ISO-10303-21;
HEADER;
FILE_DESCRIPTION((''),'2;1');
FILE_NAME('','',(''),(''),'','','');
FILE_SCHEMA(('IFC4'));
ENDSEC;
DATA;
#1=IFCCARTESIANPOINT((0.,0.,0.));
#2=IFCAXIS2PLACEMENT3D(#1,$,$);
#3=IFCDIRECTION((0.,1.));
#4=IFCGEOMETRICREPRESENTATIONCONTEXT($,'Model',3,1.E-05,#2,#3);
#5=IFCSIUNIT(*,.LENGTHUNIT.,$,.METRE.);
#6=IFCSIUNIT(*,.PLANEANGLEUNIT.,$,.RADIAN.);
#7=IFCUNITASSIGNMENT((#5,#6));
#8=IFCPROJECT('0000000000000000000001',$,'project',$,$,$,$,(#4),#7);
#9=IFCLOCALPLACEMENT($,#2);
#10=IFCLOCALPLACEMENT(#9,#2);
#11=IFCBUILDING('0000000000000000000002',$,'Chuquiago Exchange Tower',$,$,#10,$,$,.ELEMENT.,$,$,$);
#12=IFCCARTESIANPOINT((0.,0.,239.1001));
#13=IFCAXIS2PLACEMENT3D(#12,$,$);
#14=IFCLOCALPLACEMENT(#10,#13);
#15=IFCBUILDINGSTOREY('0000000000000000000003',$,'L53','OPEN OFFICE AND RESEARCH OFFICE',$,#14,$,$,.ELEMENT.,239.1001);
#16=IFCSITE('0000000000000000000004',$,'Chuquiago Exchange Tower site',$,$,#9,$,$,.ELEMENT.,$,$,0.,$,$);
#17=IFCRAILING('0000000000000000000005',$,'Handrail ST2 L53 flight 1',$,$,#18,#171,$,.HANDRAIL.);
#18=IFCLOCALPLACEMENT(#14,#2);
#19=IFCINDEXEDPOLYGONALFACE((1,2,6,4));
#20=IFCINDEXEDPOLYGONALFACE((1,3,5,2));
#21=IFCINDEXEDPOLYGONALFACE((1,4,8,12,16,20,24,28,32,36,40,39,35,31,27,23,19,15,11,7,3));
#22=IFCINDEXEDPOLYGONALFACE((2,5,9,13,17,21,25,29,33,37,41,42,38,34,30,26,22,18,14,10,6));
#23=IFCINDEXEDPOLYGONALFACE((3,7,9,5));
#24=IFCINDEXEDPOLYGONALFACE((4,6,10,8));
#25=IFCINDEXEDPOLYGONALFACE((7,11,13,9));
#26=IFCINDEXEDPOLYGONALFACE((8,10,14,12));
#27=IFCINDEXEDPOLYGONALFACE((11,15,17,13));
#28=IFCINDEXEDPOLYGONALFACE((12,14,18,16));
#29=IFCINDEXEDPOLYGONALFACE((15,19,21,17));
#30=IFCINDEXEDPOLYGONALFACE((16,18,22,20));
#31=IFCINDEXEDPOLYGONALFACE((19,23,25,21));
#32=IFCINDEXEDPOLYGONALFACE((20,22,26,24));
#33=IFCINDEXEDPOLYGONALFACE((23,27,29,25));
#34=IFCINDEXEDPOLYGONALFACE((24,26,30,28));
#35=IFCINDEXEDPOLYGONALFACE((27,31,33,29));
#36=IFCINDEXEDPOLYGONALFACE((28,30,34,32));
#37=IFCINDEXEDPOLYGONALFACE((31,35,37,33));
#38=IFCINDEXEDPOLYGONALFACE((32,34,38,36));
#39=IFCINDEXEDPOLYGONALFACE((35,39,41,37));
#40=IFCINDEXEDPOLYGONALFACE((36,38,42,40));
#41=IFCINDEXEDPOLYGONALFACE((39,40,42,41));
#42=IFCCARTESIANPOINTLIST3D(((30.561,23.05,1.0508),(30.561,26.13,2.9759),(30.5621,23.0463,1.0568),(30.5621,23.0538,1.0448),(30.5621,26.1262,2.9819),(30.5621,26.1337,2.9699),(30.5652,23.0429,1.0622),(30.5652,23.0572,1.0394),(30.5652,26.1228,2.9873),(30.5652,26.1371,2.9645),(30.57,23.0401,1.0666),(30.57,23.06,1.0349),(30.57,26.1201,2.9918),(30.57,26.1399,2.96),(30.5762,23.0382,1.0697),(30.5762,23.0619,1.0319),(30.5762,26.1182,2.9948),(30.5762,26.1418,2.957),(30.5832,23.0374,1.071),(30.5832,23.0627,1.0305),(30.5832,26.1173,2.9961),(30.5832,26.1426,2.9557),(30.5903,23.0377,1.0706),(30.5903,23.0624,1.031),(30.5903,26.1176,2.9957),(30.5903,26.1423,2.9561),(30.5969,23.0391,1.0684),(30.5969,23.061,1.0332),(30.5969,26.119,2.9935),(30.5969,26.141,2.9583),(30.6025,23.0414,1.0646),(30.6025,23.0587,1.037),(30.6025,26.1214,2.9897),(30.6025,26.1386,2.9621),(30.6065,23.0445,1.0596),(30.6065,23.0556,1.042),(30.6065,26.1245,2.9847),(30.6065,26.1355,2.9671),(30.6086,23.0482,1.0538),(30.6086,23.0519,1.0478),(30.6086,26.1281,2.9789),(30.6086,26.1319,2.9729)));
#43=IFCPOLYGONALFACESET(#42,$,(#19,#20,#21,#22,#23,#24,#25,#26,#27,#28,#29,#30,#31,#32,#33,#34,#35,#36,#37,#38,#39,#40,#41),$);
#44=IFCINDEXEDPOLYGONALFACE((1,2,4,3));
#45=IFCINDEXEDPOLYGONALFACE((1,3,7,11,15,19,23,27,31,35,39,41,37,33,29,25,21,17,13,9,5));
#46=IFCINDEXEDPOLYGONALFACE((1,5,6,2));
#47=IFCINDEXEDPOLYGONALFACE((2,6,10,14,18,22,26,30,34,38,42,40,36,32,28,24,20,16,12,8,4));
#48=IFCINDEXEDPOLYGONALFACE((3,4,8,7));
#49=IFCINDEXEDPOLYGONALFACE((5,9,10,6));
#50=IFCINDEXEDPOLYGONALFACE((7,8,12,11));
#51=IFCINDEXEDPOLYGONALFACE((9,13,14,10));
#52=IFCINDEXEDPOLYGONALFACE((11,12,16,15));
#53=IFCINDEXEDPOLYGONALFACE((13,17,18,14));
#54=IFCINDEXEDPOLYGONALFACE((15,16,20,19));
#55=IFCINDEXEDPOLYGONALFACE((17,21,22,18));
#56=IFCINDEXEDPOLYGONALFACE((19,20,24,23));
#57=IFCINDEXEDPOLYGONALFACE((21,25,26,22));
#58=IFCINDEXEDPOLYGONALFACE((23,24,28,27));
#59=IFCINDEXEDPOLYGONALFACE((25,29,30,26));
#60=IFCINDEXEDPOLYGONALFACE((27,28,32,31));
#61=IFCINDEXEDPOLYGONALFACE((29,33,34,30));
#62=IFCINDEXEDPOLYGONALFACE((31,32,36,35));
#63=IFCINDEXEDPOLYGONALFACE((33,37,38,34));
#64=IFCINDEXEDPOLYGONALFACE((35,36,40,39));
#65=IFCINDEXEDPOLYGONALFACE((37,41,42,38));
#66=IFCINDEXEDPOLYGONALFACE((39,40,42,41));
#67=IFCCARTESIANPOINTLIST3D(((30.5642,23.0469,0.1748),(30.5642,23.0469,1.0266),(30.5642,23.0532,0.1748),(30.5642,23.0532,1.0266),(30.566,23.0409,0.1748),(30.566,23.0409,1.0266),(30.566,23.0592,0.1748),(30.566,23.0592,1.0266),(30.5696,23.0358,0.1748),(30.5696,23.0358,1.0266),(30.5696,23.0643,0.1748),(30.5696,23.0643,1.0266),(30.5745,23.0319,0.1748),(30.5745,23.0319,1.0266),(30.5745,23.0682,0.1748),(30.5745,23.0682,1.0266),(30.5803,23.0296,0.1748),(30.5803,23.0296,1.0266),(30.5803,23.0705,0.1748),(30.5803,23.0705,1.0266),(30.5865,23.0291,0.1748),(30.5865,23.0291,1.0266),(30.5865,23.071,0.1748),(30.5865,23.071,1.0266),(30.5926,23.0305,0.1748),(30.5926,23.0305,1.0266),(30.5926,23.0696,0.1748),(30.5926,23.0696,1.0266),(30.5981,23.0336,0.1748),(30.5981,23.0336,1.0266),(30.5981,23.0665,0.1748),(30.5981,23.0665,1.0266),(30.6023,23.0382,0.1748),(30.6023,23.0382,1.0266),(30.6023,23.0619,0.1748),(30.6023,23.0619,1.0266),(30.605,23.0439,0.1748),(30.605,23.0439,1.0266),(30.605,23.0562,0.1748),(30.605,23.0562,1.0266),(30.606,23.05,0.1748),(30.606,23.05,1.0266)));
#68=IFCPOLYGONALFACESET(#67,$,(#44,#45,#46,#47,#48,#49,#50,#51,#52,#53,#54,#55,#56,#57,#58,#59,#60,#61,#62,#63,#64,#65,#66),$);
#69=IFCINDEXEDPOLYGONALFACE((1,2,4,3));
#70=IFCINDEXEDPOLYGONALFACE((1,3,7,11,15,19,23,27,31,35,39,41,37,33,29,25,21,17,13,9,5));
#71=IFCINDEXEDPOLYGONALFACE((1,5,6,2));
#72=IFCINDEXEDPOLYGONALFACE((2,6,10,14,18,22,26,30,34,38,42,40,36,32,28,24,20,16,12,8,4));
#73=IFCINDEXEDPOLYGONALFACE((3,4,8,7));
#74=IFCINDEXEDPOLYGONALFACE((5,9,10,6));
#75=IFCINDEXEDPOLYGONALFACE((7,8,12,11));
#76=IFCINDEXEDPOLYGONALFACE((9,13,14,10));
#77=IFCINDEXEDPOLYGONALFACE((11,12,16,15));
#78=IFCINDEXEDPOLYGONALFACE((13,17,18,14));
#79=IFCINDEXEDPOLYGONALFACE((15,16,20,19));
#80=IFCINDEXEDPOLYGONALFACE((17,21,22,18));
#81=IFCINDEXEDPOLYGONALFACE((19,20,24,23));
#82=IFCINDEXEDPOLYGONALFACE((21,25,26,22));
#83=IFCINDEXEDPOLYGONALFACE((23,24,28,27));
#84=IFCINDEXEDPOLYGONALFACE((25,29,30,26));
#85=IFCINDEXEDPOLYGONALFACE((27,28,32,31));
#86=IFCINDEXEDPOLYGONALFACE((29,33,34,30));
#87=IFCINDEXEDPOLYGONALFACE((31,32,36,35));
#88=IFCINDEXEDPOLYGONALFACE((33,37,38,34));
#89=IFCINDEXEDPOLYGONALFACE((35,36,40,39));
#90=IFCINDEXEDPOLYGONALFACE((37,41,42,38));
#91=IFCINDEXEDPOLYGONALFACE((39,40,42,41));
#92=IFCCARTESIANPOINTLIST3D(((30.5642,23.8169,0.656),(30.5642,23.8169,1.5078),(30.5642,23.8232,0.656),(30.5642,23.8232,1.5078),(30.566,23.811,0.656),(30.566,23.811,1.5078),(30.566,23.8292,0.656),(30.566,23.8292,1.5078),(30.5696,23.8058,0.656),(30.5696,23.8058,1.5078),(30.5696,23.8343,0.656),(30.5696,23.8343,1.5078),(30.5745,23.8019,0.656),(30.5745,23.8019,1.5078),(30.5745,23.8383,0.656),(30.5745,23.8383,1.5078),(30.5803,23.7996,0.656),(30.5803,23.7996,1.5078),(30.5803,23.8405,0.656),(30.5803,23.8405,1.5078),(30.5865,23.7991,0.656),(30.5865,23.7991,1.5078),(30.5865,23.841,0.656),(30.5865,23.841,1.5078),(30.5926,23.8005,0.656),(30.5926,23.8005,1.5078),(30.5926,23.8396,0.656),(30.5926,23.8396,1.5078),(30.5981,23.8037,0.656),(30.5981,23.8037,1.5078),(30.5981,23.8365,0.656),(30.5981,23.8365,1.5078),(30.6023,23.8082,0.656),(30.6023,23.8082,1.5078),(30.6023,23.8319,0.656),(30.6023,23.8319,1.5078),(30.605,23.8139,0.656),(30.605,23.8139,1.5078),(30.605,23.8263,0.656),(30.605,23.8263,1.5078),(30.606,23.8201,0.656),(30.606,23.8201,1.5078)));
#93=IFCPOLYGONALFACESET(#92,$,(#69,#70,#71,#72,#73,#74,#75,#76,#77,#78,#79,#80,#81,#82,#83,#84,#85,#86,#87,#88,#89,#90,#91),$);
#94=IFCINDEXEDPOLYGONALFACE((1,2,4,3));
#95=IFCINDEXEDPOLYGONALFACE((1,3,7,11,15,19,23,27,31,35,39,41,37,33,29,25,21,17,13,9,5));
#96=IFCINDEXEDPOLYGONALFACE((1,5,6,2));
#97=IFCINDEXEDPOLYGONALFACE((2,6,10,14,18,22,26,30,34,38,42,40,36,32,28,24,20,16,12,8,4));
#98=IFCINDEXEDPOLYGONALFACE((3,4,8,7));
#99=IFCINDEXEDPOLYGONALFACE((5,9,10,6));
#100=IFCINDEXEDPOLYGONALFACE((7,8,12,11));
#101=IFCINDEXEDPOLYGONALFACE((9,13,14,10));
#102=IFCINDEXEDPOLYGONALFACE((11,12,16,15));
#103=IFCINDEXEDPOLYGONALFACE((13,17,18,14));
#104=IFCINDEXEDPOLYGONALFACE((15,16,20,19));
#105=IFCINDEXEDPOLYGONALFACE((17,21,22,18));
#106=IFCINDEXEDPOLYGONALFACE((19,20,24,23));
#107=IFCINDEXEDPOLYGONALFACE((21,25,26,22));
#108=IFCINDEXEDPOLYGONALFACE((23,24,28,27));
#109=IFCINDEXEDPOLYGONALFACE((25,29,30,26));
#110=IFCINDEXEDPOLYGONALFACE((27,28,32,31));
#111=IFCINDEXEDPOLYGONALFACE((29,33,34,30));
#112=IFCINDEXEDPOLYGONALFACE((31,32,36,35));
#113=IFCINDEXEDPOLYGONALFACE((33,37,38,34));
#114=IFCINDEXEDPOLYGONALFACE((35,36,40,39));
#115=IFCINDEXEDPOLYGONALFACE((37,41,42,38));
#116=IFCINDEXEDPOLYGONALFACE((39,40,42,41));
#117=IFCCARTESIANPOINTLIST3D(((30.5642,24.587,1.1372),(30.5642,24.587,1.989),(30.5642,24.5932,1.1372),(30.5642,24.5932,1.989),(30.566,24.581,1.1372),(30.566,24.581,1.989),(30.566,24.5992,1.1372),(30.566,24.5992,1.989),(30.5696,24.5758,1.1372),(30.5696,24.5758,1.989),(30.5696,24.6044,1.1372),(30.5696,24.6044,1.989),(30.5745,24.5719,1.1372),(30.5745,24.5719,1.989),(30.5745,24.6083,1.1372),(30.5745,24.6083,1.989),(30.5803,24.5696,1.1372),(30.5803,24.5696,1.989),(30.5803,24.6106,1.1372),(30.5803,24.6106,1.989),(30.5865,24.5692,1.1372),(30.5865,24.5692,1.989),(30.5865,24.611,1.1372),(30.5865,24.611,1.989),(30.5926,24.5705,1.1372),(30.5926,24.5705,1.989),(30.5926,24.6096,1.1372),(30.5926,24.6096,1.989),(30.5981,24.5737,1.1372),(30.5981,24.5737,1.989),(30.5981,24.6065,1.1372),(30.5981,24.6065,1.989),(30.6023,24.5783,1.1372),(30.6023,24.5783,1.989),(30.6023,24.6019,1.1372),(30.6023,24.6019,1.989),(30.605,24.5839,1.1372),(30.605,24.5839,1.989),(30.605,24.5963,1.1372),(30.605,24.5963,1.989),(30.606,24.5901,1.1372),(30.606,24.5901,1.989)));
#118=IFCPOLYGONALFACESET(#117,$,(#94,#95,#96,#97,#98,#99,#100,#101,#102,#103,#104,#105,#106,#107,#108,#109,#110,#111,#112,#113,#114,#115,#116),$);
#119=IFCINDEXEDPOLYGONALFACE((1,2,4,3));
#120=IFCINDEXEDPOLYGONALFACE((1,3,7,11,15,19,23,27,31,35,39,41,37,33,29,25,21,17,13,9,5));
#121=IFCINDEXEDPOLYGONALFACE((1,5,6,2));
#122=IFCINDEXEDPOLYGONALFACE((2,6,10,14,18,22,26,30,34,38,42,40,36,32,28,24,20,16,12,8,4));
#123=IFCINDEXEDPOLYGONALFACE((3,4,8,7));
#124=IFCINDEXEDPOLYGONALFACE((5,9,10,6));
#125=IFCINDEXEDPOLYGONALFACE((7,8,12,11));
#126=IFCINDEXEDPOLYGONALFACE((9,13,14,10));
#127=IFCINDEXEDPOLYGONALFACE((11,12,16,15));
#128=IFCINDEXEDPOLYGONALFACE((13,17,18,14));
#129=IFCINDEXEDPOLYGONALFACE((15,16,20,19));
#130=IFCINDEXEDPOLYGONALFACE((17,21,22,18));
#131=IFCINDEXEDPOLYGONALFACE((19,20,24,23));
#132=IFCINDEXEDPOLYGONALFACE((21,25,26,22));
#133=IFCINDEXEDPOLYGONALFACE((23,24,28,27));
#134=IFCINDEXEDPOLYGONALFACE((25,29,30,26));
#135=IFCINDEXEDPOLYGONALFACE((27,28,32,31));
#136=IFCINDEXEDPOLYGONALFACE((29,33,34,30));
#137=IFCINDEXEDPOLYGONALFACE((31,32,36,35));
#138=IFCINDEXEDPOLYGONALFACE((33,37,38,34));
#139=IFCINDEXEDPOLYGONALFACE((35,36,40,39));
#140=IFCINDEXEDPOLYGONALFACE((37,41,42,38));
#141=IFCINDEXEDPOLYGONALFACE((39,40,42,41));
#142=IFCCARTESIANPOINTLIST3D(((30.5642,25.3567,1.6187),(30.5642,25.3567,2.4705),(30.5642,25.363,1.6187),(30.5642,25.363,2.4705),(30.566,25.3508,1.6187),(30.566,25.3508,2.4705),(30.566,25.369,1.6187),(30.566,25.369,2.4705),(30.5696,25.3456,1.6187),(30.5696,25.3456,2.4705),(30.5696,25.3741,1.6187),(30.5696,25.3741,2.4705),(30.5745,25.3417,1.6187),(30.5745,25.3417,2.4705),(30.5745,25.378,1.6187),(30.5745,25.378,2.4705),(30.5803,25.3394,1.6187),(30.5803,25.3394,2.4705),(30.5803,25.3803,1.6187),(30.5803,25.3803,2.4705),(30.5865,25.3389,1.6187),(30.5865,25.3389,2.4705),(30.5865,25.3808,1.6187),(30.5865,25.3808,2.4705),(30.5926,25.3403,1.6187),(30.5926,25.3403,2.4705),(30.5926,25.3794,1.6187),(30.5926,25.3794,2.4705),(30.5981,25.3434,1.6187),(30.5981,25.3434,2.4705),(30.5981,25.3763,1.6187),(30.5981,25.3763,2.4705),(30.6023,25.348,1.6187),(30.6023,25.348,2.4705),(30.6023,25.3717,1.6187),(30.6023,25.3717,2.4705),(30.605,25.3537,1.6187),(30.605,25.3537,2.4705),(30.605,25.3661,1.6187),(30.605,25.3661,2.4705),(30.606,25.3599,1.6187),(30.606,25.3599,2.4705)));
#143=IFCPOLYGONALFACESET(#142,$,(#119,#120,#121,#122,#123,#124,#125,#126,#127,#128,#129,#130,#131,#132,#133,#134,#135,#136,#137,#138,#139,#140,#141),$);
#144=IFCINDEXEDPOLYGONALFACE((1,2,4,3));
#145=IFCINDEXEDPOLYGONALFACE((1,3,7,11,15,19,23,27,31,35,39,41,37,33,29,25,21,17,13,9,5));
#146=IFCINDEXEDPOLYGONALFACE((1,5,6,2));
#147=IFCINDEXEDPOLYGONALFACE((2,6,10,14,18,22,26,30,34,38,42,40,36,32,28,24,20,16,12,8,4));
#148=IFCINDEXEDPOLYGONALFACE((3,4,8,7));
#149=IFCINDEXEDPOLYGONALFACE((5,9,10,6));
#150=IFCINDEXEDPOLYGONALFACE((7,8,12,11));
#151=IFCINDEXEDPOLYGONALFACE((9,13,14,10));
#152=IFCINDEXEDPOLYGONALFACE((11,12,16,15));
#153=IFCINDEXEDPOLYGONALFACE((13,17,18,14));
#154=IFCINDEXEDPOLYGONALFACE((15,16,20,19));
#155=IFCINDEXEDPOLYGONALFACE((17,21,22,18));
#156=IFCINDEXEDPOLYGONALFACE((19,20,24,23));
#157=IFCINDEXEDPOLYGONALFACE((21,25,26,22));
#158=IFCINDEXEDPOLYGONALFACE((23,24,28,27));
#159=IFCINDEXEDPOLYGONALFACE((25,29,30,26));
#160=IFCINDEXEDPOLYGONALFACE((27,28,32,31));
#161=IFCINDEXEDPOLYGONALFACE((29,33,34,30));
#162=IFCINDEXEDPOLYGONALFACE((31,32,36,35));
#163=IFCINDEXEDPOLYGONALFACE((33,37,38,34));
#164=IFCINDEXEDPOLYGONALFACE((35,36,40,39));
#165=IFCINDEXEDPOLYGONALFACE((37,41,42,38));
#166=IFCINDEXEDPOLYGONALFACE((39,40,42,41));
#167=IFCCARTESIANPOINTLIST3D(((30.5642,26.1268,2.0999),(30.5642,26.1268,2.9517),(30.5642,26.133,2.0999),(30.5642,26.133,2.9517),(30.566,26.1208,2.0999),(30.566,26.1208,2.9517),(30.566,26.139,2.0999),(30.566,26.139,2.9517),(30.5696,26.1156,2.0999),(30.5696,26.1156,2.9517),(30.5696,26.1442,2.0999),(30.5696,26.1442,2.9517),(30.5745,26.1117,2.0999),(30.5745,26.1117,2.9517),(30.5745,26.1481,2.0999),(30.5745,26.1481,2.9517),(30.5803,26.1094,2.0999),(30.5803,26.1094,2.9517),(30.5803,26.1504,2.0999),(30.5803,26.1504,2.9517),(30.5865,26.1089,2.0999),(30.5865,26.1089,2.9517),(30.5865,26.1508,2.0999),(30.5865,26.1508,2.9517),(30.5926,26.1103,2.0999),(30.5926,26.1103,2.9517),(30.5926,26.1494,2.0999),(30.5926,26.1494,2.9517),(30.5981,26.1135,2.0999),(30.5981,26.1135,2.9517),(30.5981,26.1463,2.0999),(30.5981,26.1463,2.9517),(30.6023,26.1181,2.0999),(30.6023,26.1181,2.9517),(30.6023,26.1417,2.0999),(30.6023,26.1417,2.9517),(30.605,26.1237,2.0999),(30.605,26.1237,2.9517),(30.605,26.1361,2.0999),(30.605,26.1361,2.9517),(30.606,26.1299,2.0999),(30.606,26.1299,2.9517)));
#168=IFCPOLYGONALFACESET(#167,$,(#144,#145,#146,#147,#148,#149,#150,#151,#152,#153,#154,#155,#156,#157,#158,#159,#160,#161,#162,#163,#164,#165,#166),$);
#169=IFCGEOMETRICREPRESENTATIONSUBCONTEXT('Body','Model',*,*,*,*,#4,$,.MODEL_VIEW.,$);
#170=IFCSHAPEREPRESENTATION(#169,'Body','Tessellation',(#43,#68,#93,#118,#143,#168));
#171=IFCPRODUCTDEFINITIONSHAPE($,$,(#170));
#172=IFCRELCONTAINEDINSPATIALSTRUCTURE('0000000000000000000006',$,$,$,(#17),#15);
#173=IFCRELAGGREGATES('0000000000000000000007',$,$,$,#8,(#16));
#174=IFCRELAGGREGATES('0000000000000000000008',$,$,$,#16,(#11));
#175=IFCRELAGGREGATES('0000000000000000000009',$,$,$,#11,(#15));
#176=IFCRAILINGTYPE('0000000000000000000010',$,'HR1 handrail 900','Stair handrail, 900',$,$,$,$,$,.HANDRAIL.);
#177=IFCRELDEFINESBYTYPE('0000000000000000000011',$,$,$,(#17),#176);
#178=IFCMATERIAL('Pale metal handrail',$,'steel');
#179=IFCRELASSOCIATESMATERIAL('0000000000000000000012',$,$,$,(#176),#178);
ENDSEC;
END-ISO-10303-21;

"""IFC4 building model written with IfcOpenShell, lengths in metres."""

from ifc_helpers import new_model, si_unit, direction, frame, origin, origin_2d, place, context, subcontext, project, spatial, circle, extrude, material, type_object, element, save


model = new_model("IFC4")

# Units and contexts
model_context = context("Model", 3, precision=1e-05, world=origin(), true_north=direction((0.0, 1.0)))
body_context = subcontext(model_context, "Body", "Model", "MODEL_VIEW")
ifc_project = project(units=[si_unit("LENGTHUNIT", "METRE"), si_unit("PLANEANGLEUNIT", "RADIAN")], contexts=[model_context])

# Site, building, storey
site_placement = place(None, origin())
site = spatial("IfcSite", under=ifc_project, at=site_placement, Name="Chuquiago Exchange Tower site", CompositionType="ELEMENT", RefElevation=0.0)
building_placement = place(site_placement, origin())
building = spatial("IfcBuilding", under=site, at=building_placement, Name="Chuquiago Exchange Tower", CompositionType="ELEMENT")
storey_placement = place(building_placement, frame((0.0, 0.0, 239.1001)))
storey = spatial("IfcBuildingStorey", under=building, at=storey_placement, Name="L53", Description="OPEN OFFICE AND RESEARCH OFFICE", CompositionType="ELEMENT", Elevation=239.1001)

# Railing
ifc_material_1 = material(Name="Pale metal handrail", Category="steel")
railing_type_1 = type_object("IfcRailingType", Name="HR1 handrail 900", Description="Stair handrail, 900", PredefinedType="HANDRAIL", material=ifc_material_1)
railing_1_placement = place(storey_placement, frame((30.585, 23.05, 0.1748)))
element("IfcRailing", 1, at=railing_1_placement, inside=storey, type_object=railing_type_1, Name="Handrail ST2 L53 flight 1", PredefinedType="HANDRAIL", context=body_context, shape_type="SweptSolid", body=[
    extrude(circle(Radius=0.0239, at=origin_2d()), frame((0.0, 0.0, 0.876), z_axis=(0.0, 0.847979, 0.530029), x_axis=(-1.0, 0.0, 0.0)), (0.0, 0.0, 1.0), 3.6321),
    extrude(circle(Radius=0.021, at=origin_2d()), origin(), (0.0, 0.0, 1.0), 0.8518),
    extrude(circle(Radius=0.021, at=origin_2d()), frame((0.0, 0.77, 0.4812)), (0.0, 0.0, 1.0), 0.8518),
    extrude(circle(Radius=0.021, at=origin_2d()), frame((0.0, 1.54, 0.9624)), (0.0, 0.0, 1.0), 0.8518),
    extrude(circle(Radius=0.021, at=origin_2d()), frame((0.0, 2.3098, 1.4438)), (0.0, 0.0, 1.0), 0.8518),
    extrude(circle(Radius=0.021, at=origin_2d()), frame((0.0, 3.0798, 1.925)), (0.0, 0.0, 1.0), 0.8518),
])

save(model, "model.ifc")
